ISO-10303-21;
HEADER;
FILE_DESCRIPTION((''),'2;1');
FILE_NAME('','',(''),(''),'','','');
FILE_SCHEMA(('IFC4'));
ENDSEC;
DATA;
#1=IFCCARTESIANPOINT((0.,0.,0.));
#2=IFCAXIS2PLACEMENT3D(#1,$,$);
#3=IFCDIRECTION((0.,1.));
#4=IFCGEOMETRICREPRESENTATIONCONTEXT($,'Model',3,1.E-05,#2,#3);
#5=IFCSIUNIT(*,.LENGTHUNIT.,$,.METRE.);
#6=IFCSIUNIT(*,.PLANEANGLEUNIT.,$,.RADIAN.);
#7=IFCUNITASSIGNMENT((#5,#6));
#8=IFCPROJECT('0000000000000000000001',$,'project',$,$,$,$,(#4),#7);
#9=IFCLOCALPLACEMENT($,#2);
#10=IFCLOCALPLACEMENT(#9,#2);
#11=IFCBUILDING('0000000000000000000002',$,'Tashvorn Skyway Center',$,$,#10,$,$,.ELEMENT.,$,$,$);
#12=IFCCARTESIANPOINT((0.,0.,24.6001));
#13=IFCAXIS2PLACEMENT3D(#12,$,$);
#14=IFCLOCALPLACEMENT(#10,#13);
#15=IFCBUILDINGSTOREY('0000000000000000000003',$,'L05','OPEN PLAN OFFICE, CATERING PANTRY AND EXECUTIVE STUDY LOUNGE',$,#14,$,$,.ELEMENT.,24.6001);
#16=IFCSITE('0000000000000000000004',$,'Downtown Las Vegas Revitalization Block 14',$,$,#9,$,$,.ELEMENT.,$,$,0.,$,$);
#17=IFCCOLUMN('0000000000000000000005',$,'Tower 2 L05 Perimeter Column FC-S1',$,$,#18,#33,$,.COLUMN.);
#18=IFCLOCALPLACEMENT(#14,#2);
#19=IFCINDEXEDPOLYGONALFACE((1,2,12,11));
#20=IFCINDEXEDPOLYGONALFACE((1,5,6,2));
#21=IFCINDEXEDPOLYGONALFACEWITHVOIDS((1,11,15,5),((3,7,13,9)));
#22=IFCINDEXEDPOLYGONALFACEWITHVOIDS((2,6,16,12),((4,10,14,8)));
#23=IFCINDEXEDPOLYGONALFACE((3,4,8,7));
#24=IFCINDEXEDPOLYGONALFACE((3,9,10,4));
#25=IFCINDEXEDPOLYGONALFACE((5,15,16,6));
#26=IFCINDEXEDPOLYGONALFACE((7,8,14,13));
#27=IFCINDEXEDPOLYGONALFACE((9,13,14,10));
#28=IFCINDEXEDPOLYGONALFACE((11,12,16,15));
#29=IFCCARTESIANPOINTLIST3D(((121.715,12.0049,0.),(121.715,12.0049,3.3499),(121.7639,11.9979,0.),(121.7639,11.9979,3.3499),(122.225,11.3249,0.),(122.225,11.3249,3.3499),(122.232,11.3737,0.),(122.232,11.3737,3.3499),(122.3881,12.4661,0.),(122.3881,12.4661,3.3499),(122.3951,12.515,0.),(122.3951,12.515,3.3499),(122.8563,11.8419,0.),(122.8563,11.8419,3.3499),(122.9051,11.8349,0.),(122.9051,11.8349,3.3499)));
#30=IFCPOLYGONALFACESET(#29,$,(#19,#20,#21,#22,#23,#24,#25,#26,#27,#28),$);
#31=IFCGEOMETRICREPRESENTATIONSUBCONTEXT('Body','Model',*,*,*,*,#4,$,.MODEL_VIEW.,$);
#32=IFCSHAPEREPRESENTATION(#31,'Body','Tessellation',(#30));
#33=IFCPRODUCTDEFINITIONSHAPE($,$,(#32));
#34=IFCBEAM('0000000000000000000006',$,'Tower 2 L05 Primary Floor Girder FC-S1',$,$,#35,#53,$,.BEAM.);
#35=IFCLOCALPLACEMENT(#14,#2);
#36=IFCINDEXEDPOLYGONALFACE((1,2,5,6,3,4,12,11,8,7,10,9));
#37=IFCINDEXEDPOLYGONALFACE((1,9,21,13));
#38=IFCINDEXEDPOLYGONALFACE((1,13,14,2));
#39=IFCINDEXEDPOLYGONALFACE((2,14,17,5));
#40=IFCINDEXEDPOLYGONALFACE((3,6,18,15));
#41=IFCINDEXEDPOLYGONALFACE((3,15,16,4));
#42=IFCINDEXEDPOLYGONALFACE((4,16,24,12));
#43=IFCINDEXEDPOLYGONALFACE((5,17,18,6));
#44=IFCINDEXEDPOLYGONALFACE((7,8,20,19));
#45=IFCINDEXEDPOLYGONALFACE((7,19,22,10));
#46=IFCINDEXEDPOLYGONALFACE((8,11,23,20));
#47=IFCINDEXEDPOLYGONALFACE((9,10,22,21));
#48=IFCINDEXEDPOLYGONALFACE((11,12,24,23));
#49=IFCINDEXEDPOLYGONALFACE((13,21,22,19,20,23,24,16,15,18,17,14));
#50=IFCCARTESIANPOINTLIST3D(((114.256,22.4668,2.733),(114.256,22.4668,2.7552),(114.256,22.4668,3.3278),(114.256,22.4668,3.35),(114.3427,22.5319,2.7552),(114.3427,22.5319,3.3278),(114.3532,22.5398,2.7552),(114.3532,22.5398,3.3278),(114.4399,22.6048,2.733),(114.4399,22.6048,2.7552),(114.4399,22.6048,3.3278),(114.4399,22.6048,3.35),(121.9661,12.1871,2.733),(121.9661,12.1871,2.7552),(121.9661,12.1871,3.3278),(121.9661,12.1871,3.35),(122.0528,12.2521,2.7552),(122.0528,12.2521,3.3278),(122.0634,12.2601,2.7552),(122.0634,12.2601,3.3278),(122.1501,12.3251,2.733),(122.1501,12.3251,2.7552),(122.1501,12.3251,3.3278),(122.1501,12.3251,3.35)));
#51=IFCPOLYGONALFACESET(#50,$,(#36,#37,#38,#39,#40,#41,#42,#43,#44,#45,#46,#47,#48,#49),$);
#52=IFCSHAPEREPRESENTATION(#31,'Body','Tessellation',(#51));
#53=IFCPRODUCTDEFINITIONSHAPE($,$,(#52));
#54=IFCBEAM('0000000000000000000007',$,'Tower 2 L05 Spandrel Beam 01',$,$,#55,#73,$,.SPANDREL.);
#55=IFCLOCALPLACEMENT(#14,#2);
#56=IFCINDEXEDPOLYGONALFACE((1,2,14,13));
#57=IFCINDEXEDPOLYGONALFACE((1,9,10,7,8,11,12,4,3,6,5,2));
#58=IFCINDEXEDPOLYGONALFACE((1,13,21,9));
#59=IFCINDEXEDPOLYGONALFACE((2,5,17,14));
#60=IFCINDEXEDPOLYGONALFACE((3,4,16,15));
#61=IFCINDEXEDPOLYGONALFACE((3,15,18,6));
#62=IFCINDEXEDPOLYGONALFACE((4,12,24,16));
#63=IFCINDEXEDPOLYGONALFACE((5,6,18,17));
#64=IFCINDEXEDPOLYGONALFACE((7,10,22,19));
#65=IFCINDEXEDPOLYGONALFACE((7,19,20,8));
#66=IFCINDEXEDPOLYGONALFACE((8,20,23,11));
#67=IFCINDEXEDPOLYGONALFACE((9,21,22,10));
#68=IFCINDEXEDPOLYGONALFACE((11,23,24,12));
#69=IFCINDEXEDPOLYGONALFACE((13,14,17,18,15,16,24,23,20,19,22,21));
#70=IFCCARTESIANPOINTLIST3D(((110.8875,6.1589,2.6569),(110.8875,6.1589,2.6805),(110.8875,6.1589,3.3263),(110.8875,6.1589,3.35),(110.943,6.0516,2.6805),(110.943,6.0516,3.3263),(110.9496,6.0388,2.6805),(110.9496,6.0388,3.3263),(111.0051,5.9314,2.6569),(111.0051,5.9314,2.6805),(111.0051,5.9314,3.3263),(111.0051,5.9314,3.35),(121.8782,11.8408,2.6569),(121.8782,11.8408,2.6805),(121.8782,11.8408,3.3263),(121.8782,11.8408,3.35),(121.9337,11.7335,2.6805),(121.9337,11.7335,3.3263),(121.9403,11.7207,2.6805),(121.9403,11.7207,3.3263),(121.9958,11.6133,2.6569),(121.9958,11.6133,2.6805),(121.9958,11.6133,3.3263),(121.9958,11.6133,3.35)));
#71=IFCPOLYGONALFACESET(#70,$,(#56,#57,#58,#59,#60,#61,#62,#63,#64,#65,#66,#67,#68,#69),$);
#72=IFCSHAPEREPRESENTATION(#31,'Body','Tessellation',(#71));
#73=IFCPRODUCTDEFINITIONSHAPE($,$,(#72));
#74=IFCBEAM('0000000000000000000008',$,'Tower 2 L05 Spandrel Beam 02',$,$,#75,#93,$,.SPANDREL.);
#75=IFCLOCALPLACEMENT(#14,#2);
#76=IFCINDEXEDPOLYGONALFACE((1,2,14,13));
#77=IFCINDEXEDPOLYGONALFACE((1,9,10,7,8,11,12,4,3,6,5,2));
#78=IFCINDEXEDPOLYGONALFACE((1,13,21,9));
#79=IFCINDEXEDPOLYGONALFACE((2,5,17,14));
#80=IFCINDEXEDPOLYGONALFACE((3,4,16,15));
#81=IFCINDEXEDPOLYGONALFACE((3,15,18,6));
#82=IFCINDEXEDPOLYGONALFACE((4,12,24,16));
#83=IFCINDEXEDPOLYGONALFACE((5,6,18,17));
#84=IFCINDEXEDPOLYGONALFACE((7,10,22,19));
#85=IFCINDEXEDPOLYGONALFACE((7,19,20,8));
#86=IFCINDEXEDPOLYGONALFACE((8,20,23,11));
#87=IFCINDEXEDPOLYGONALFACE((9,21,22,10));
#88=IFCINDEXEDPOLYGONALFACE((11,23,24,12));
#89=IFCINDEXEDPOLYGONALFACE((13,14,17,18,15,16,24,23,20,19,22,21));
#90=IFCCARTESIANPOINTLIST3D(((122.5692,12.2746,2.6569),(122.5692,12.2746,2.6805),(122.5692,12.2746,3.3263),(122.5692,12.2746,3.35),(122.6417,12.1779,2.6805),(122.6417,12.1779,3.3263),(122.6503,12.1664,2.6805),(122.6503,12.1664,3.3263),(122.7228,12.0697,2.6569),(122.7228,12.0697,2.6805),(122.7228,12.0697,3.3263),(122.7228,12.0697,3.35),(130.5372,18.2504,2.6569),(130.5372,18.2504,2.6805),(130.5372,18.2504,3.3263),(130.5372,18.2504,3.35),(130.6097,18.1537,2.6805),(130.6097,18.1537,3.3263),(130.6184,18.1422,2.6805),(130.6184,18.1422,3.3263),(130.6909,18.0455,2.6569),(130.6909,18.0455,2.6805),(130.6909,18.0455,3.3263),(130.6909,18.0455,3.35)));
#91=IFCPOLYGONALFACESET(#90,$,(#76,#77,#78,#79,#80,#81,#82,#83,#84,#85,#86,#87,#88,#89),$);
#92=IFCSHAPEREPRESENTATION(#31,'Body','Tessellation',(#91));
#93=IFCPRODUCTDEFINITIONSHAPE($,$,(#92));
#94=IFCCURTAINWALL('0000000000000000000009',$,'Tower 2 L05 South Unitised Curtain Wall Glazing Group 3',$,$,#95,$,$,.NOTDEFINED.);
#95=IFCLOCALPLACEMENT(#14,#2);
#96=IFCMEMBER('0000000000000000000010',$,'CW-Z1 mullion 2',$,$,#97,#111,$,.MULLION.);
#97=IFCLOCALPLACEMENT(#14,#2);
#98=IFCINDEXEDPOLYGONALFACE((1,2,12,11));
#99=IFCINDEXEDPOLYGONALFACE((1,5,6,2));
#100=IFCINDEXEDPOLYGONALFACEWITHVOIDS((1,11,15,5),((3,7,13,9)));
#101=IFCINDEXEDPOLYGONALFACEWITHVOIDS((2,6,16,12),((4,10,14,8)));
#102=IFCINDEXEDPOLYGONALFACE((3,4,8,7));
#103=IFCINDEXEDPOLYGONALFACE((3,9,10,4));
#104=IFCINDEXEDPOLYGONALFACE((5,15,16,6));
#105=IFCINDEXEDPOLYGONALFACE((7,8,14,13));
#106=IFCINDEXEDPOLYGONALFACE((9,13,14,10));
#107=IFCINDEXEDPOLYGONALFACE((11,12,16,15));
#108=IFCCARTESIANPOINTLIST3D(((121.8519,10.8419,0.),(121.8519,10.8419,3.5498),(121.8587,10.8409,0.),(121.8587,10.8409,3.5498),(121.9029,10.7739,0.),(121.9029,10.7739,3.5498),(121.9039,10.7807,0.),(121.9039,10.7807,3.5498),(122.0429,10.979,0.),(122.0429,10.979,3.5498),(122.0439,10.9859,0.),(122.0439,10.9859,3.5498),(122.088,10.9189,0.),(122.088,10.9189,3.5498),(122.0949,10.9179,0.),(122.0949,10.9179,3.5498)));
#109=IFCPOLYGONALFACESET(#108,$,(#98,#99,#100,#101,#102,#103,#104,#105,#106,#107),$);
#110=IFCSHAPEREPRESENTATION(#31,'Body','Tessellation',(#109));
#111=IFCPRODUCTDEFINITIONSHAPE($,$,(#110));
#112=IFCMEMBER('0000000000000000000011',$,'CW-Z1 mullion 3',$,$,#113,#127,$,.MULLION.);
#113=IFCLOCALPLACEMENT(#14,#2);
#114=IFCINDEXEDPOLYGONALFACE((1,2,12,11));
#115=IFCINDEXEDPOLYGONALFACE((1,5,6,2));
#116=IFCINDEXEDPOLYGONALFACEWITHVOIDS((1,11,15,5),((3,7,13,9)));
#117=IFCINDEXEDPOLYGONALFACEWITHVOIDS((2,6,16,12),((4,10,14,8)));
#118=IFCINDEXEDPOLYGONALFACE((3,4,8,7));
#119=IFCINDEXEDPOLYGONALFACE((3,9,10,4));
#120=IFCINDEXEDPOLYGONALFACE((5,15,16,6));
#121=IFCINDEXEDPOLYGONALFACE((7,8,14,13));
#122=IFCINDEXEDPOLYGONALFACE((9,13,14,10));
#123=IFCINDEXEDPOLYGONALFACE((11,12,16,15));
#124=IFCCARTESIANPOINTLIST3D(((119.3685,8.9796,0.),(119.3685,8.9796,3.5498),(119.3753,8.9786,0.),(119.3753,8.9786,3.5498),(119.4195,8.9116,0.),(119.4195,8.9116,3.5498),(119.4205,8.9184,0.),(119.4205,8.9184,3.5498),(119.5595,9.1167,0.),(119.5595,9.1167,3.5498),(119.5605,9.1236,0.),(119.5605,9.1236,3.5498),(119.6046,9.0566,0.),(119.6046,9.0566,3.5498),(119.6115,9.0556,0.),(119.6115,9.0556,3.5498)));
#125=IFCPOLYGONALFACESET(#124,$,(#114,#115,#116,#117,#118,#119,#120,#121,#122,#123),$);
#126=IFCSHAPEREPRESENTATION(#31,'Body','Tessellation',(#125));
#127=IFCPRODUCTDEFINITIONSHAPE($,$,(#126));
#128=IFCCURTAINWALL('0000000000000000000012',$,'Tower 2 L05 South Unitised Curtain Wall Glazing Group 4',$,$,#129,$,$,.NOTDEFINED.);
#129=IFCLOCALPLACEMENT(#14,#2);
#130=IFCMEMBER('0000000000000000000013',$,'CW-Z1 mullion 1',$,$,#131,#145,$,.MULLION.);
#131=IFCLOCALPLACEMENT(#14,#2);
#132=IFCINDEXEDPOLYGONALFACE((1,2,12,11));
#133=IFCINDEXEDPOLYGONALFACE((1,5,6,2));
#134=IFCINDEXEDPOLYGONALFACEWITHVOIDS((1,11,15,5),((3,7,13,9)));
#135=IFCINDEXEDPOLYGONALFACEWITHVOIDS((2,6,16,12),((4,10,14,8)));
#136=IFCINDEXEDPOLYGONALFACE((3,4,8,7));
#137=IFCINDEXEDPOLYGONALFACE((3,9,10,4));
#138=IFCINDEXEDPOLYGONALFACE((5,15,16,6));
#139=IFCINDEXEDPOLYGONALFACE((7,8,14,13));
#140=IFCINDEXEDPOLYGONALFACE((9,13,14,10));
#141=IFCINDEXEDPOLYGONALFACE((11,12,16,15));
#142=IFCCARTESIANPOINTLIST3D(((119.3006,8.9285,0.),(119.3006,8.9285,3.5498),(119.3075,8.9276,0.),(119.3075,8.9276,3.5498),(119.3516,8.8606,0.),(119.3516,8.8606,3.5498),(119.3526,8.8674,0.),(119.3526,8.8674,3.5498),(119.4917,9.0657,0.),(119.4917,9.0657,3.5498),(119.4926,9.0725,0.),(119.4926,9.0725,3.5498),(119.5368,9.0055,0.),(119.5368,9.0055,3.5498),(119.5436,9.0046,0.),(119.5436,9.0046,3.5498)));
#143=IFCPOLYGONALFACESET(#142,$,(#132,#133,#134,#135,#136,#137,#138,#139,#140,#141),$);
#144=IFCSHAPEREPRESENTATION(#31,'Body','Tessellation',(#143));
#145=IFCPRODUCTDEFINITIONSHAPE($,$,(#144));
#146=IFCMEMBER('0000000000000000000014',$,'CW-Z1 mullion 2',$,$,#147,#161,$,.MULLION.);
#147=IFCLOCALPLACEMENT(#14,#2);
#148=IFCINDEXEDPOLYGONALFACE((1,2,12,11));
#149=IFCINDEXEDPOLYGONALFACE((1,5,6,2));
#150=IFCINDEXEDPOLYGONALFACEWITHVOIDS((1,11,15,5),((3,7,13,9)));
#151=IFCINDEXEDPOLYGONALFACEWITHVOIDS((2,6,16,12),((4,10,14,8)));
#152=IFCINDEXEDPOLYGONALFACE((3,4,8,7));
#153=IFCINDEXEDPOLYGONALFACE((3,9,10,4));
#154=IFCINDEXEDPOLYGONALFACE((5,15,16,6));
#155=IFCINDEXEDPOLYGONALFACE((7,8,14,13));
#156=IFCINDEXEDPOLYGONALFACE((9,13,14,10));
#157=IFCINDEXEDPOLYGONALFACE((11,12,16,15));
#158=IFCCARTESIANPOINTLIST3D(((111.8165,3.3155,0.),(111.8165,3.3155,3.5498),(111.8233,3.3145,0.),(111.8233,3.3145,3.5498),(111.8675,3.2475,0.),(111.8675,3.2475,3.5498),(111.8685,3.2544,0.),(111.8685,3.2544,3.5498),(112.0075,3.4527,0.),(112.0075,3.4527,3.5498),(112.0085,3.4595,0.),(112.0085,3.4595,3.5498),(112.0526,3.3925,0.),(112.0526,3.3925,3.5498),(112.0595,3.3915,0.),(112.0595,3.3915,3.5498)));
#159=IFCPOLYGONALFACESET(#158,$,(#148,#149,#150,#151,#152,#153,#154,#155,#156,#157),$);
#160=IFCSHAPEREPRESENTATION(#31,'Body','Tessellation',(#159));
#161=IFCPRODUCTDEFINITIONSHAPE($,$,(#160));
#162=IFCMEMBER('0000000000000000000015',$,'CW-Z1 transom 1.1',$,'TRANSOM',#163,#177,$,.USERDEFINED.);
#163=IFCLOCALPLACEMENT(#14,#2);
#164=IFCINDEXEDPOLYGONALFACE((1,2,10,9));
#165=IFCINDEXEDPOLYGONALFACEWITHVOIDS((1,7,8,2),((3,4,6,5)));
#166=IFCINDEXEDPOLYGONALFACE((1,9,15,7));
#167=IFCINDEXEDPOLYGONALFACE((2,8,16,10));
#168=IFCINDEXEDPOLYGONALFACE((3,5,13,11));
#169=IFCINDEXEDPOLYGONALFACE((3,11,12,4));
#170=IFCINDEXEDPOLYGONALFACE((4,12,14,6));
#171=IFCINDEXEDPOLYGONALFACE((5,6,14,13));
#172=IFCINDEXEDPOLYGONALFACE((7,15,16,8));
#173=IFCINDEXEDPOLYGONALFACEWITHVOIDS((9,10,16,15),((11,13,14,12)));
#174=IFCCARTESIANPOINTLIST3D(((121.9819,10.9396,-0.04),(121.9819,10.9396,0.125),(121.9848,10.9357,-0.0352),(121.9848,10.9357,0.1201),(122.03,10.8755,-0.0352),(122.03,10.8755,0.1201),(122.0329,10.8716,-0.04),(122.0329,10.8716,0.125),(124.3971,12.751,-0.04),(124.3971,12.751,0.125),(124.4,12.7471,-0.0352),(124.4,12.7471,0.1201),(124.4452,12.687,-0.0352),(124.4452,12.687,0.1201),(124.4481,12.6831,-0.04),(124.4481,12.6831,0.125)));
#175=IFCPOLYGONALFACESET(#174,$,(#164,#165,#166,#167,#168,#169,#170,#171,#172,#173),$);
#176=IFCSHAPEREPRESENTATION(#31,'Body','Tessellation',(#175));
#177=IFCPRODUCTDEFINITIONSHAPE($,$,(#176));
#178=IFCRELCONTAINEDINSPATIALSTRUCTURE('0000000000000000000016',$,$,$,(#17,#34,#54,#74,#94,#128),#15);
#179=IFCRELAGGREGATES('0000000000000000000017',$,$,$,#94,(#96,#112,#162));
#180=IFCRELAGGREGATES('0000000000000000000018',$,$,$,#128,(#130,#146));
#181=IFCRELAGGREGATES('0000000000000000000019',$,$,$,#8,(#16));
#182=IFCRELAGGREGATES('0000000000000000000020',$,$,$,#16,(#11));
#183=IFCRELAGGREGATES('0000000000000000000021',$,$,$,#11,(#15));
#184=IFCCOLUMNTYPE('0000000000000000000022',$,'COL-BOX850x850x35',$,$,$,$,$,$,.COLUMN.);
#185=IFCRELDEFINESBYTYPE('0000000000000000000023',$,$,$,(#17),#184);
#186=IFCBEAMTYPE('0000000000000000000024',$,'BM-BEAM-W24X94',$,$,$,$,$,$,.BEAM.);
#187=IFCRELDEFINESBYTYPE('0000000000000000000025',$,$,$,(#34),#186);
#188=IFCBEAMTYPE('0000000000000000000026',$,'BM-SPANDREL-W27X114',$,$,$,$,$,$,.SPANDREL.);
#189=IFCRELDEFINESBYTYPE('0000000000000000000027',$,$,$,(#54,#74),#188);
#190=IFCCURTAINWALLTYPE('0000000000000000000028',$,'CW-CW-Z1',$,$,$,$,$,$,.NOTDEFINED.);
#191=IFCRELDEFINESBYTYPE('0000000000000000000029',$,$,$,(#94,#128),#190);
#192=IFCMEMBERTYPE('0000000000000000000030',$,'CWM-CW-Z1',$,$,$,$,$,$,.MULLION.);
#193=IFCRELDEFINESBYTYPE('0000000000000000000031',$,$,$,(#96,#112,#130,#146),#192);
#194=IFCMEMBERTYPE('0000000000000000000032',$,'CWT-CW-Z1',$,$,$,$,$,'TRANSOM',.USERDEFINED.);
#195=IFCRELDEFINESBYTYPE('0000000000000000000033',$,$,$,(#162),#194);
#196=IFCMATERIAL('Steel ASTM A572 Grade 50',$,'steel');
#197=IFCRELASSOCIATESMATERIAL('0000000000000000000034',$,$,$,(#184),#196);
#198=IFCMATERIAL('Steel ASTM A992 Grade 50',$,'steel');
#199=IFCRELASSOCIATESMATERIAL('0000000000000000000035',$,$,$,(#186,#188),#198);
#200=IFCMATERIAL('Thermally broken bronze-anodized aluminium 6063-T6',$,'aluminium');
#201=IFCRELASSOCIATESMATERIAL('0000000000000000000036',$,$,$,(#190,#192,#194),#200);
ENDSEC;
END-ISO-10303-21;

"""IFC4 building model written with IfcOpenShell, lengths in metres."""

from ifc_helpers import new_model, si_unit, direction, frame, origin, origin_2d, place, context, subcontext, project, spatial, hollow_rectangle, i_section, extrude, material, material_profile, profile_set, type_object, element, aggregate, save


model = new_model("IFC4")

# Units and contexts
model_context = context("Model", 3, precision=1e-05, world=origin(), true_north=direction((0.0, 1.0)))
body_context = subcontext(model_context, "Body", "Model", "MODEL_VIEW")
ifc_project = project(units=[si_unit("LENGTHUNIT", "METRE"), si_unit("PLANEANGLEUNIT", "RADIAN")], contexts=[model_context])

# Site, building, storey
site_placement = place(None, origin())
site = spatial("IfcSite", under=ifc_project, at=site_placement, Name="Downtown Las Vegas Revitalization Block 14", CompositionType="ELEMENT", RefElevation=0.0)
building_placement = place(site_placement, origin())
building = spatial("IfcBuilding", under=site, at=building_placement, Name="Tashvorn Skyway Center", CompositionType="ELEMENT")
storey_placement = place(building_placement, frame((0.0, 0.0, 24.6001)))
storey = spatial("IfcBuildingStorey", under=building, at=storey_placement, Name="L05", Description="OPEN PLAN OFFICE, CATERING PANTRY AND EXECUTIVE STUDY LOUNGE", CompositionType="ELEMENT", Elevation=24.6001)

# Column
ifc_material_1 = material(Name="Steel ASTM A572 Grade 50", Category="steel")
ifc_material_profile_1 = material_profile(ifc_material_1, hollow_rectangle(XDim=0.8501, YDim=0.8501, WallThickness=0.0349, at=origin_2d()), Name="BOX850x850x35")
ifc_profile_set_1 = profile_set([ifc_material_profile_1], Name="Steel ASTM A572 Grade 50")
column_type = type_object("IfcColumnType", Name="COL-BOX850x850x35", PredefinedType="COLUMN", material=ifc_profile_set_1)
column_placement = place(storey_placement, frame((122.3101, 11.9199, 0.0), z_axis=(0.0, 0.0, 1.0), x_axis=(0.8, 0.6, 0.0)))
element("IfcColumn", 1, at=column_placement, inside=storey, type_object=column_type, Name="Tower 2 L05 Perimeter Column FC-S1", PredefinedType="COLUMN", context=body_context, shape_type="SweptSolid", body=[
    extrude(hollow_rectangle(XDim=0.8501, YDim=0.8501, WallThickness=0.0349, at=origin_2d()), origin(), (0.0, 0.0, 1.0), 3.3499),
])

# Beams
ifc_material_2 = material(Name="Steel ASTM A992 Grade 50", Category="steel")
ifc_material_profile_2 = material_profile(ifc_material_2, i_section(OverallWidth=0.23, OverallDepth=0.6169, WebThickness=0.0132, FlangeThickness=0.0222, at=origin_2d()), Name="W24X94")
ifc_profile_set_2 = profile_set([ifc_material_profile_2], Name="Steel ASTM A992 Grade 50")
beam_type_1 = type_object("IfcBeamType", Name="BM-BEAM-W24X94", PredefinedType="BEAM", material=ifc_profile_set_2)
beam_1_placement = place(storey_placement, frame((122.0581, 12.2561, 3.0415), z_axis=(-0.600018, 0.799986, 0.0), x_axis=(-0.799986, -0.600018, 0.0)))
element("IfcBeam", 2, at=beam_1_placement, inside=storey, type_object=beam_type_1, Name="Tower 2 L05 Primary Floor Girder FC-S1", PredefinedType="BEAM", context=body_context, shape_type="SweptSolid", body=[
    extrude(i_section(OverallWidth=0.23, OverallDepth=0.6169, WebThickness=0.0132, FlangeThickness=0.0222, at=origin_2d()), origin(), (0.0, 0.0, 1.0), 12.8499),
])
ifc_material_profile_3 = material_profile(ifc_material_2, i_section(OverallWidth=0.2561, OverallDepth=0.6931, WebThickness=0.0144, FlangeThickness=0.0237, at=origin_2d()), Name="W27X114")
ifc_profile_set_3 = profile_set([ifc_material_profile_3], Name="Steel ASTM A992 Grade 50")
beam_type_2 = type_object("IfcBeamType", Name="BM-SPANDREL-W27X114", PredefinedType="SPANDREL", material=ifc_profile_set_3)
beam_2_placement = place(storey_placement, frame((110.9463, 6.0452, 3.0034), z_axis=(0.888316, 0.459233, 0.0), x_axis=(-0.459233, 0.888316, 0.0)))
element("IfcBeam", 3, at=beam_2_placement, inside=storey, type_object=beam_type_2, Name="Tower 2 L05 Spandrel Beam 01", PredefinedType="SPANDREL", context=body_context, shape_type="SweptSolid", body=[
    extrude(i_section(OverallWidth=0.2561, OverallDepth=0.6931, WebThickness=0.0144, FlangeThickness=0.0237, at=origin_2d()), origin(), (0.0, 0.0, 1.0), 12.3726),
])
beam_3_placement = place(storey_placement, frame((122.646, 12.1721, 3.0034), z_axis=(0.800009, 0.599988, 0.0), x_axis=(-0.599988, 0.800009, 0.0)))
element("IfcBeam", 4, at=beam_3_placement, inside=storey, type_object=beam_type_2, Name="Tower 2 L05 Spandrel Beam 02", PredefinedType="SPANDREL", context=body_context, shape_type="SweptSolid", body=[
    extrude(i_section(OverallWidth=0.2561, OverallDepth=0.6931, WebThickness=0.0144, FlangeThickness=0.0237, at=origin_2d()), origin(), (0.0, 0.0, 1.0), 9.96),
])

# Curtain walls, members
ifc_material_3 = material(Name="Thermally broken bronze-anodized aluminium 6063-T6", Category="aluminium")
curtain_wall_type = type_object("IfcCurtainWallType", Name="CW-CW-Z1", PredefinedType="NOTDEFINED", material=ifc_material_3)
curtain_wall_1_placement = place(storey_placement, origin())
curtain_wall_1 = element("IfcCurtainWall", 5, at=curtain_wall_1_placement, inside=storey, type_object=curtain_wall_type, Name="Tower 2 L05 South Unitised Curtain Wall Glazing Group 3", PredefinedType="NOTDEFINED")
ifc_material_profile_4 = material_profile(ifc_material_3, hollow_rectangle(XDim=0.085, YDim=0.24, WallThickness=0.0049, at=origin_2d()), Name="ALU-MULL-85x240")
ifc_profile_set_4 = profile_set([ifc_material_profile_4], Name="Thermally broken bronze-anodized aluminium 6063-T6")
member_type_1 = type_object("IfcMemberType", Name="CWM-CW-Z1", PredefinedType="MULLION", material=ifc_profile_set_4)
member_1_placement = place(storey_placement, frame((121.9734, 10.8799, 0.0), z_axis=(0.0, 0.0, 1.0), x_axis=(0.599997, -0.800002, 0.0)))
member_1 = element("IfcMember", 6, at=member_1_placement, type_object=member_type_1, Name="CW-Z1 mullion 2", PredefinedType="MULLION", context=body_context, shape_type="SweptSolid", body=[
    extrude(hollow_rectangle(XDim=0.085, YDim=0.24, WallThickness=0.0049, at=origin_2d()), origin(), (0.0, 0.0, 1.0), 3.5498),
])
member_2_placement = place(storey_placement, frame((119.49, 9.0176, 0.0), z_axis=(0.0, 0.0, 1.0), x_axis=(0.599997, -0.800002, 0.0)))
member_2 = element("IfcMember", 7, at=member_2_placement, type_object=member_type_1, Name="CW-Z1 mullion 3", PredefinedType="MULLION", context=body_context, shape_type="SweptSolid", body=[
    extrude(hollow_rectangle(XDim=0.085, YDim=0.24, WallThickness=0.0049, at=origin_2d()), origin(), (0.0, 0.0, 1.0), 3.5498),
])
curtain_wall_2_placement = place(storey_placement, origin())
curtain_wall_2 = element("IfcCurtainWall", 8, at=curtain_wall_2_placement, inside=storey, type_object=curtain_wall_type, Name="Tower 2 L05 South Unitised Curtain Wall Glazing Group 4", PredefinedType="NOTDEFINED")
member_3_placement = place(storey_placement, frame((119.4221, 8.9666, 0.0), z_axis=(0.0, 0.0, 1.0), x_axis=(0.6, -0.8, 0.0)))
member_3 = element("IfcMember", 9, at=member_3_placement, type_object=member_type_1, Name="CW-Z1 mullion 1", PredefinedType="MULLION", context=body_context, shape_type="SweptSolid", body=[
    extrude(hollow_rectangle(XDim=0.085, YDim=0.24, WallThickness=0.0049, at=origin_2d()), origin(), (0.0, 0.0, 1.0), 3.5498),
])
member_4_placement = place(storey_placement, frame((111.938, 3.3535, 0.0), z_axis=(0.0, 0.0, 1.0), x_axis=(0.6, -0.8, 0.0)))
member_4 = element("IfcMember", 10, at=member_4_placement, type_object=member_type_1, Name="CW-Z1 mullion 2", PredefinedType="MULLION", context=body_context, shape_type="SweptSolid", body=[
    extrude(hollow_rectangle(XDim=0.085, YDim=0.24, WallThickness=0.0049, at=origin_2d()), origin(), (0.0, 0.0, 1.0), 3.5498),
])

# Member
ifc_material_profile_5 = material_profile(ifc_material_3, hollow_rectangle(XDim=0.085, YDim=0.165, WallThickness=0.0049, at=origin_2d()), Name="ALU-TRAN-85x165")
ifc_profile_set_5 = profile_set([ifc_material_profile_5], Name="Thermally broken bronze-anodized aluminium 6063-T6")
member_type_2 = type_object("IfcMemberType", Name="CWT-CW-Z1", ElementType="TRANSOM", PredefinedType="USERDEFINED", material=ifc_profile_set_5)
member_5_placement = place(storey_placement, frame((124.4226, 12.717, 0.0425), z_axis=(-0.79999, -0.600013, 0.0), x_axis=(0.600013, -0.79999, 0.0)))
member_5 = element("IfcMember", 11, at=member_5_placement, type_object=member_type_2, Name="CW-Z1 transom 1.1", ObjectType="TRANSOM", PredefinedType="USERDEFINED", context=body_context, shape_type="SweptSolid", body=[
    extrude(hollow_rectangle(XDim=0.085, YDim=0.165, WallThickness=0.0049, at=origin_2d()), origin(), (0.0, 0.0, 1.0), 3.019),
])

aggregate(curtain_wall_1, [member_1, member_2, member_5])
aggregate(curtain_wall_2, [member_3, member_4])

save(model, "model.ifc")
